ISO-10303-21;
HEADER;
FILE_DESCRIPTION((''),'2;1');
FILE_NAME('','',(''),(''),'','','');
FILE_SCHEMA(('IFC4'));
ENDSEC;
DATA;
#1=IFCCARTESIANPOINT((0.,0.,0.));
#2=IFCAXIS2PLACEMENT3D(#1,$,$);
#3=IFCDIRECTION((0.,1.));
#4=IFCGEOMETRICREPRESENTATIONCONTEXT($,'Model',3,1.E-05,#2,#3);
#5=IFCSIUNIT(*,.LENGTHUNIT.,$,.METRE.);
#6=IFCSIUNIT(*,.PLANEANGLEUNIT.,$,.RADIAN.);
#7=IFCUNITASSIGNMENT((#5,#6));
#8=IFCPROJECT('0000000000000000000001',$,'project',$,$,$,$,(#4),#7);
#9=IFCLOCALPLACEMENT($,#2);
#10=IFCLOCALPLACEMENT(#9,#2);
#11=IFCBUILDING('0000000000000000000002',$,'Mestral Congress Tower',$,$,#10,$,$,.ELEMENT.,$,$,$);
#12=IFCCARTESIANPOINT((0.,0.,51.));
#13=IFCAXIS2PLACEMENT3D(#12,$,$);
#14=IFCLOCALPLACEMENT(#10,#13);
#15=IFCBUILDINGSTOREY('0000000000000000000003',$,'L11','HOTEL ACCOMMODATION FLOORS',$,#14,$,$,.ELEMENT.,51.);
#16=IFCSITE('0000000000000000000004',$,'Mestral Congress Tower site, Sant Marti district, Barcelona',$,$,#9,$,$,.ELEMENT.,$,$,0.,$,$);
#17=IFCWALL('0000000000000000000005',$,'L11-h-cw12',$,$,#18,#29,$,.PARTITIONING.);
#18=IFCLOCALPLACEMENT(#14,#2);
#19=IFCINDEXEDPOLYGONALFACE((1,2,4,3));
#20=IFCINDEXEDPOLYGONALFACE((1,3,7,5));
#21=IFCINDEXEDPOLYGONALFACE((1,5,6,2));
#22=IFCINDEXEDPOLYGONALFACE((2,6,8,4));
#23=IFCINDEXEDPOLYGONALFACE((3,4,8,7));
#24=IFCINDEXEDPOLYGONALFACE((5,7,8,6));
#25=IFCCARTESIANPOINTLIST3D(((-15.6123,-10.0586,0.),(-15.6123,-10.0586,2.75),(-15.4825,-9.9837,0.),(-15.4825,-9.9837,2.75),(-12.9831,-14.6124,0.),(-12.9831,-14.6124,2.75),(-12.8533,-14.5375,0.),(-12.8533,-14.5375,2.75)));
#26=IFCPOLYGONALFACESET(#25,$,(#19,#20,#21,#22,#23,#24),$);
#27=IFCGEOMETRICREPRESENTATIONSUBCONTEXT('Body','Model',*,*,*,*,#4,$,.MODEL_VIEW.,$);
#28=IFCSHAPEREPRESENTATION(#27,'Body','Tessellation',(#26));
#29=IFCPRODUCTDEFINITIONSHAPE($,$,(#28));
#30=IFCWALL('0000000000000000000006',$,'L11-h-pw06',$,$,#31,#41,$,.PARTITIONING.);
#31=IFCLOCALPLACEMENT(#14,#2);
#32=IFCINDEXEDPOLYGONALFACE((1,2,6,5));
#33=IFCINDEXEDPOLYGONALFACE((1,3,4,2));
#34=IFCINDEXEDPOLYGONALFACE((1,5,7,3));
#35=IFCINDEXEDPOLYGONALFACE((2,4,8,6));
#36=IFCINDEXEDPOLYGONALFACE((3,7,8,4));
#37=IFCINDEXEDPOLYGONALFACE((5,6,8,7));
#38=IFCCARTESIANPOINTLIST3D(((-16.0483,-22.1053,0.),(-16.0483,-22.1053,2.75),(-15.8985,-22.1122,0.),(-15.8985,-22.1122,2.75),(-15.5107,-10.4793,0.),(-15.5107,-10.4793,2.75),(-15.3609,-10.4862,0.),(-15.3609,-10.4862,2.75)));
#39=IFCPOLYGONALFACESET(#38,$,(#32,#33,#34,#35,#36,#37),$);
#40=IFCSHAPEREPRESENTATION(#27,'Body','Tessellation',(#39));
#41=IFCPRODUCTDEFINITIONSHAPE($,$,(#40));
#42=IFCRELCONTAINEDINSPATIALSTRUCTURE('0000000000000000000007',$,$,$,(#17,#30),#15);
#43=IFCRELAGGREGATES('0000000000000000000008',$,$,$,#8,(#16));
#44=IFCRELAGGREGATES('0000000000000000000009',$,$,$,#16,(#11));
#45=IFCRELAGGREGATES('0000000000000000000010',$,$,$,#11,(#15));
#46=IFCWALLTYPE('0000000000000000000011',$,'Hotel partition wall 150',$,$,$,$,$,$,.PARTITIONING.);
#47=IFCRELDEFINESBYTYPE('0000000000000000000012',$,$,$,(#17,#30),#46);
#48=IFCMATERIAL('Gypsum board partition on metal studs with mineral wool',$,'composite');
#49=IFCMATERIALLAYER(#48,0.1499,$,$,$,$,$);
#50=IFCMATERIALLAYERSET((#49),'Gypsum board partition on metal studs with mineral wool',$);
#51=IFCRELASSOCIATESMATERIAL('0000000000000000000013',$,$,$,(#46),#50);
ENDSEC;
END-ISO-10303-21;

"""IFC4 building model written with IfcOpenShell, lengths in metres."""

from ifc_helpers import new_model, si_unit, direction, frame, frame_2d, origin, place, context, subcontext, project, spatial, rectangle, extrude, material, layer, layer_set, type_object, element, save


model = new_model("IFC4")

# Units and contexts
model_context = context("Model", 3, precision=1e-05, world=origin(), true_north=direction((0.0, 1.0)))
body_context = subcontext(model_context, "Body", "Model", "MODEL_VIEW")
ifc_project = project(units=[si_unit("LENGTHUNIT", "METRE"), si_unit("PLANEANGLEUNIT", "RADIAN")], contexts=[model_context])

# Site, building, storey
site_placement = place(None, origin())
site = spatial("IfcSite", under=ifc_project, at=site_placement, Name="Mestral Congress Tower site, Sant Marti district, Barcelona", CompositionType="ELEMENT", RefElevation=0.0)
building_placement = place(site_placement, origin())
building = spatial("IfcBuilding", under=site, at=building_placement, Name="Mestral Congress Tower", CompositionType="ELEMENT")
storey_placement = place(building_placement, frame((0.0, 0.0, 51.0)))
storey = spatial("IfcBuildingStorey", under=building, at=storey_placement, Name="L11", Description="HOTEL ACCOMMODATION FLOORS", CompositionType="ELEMENT", Elevation=51.0)

# Walls
ifc_material_1 = material(Name="Gypsum board partition on metal studs with mineral wool", Category="composite")
ifc_layer_1 = layer(ifc_material_1, 0.1499)
ifc_layer_set_1 = layer_set([ifc_layer_1], Name="Gypsum board partition on metal studs with mineral wool")
wall_type_1 = type_object("IfcWallType", Name="Hotel partition wall 150", PredefinedType="PARTITIONING", material=ifc_layer_set_1)
wall_1_placement = place(storey_placement, frame((-12.9182, -14.575, 0.0), z_axis=(0.0, 0.0, 1.0), x_axis=(-0.500009, 0.86602, 0.0)))
element("IfcWall", 1, at=wall_1_placement, inside=storey, type_object=wall_type_1, Name="L11-h-cw12", PredefinedType="PARTITIONING", context=body_context, shape_type="SweptSolid", body=[
    extrude(rectangle(XDim=5.2583, YDim=0.1499, at=frame_2d((2.6292, 0.0))), origin(), (0.0, 0.0, 1.0), 2.75),
])
wall_2_placement = place(storey_placement, frame((-15.9734, -22.1089, 0.0), z_axis=(0.0, 0.0, 1.0), x_axis=(0.046192, 0.998933, 0.0)))
element("IfcWall", 2, at=wall_2_placement, inside=storey, type_object=wall_type_1, Name="L11-h-pw06", PredefinedType="PARTITIONING", context=body_context, shape_type="SweptSolid", body=[
    extrude(rectangle(XDim=11.6384, YDim=0.1499, at=frame_2d((5.8193, 0.0))), origin(), (0.0, 0.0, 1.0), 2.75),
])

save(model, "model.ifc")
